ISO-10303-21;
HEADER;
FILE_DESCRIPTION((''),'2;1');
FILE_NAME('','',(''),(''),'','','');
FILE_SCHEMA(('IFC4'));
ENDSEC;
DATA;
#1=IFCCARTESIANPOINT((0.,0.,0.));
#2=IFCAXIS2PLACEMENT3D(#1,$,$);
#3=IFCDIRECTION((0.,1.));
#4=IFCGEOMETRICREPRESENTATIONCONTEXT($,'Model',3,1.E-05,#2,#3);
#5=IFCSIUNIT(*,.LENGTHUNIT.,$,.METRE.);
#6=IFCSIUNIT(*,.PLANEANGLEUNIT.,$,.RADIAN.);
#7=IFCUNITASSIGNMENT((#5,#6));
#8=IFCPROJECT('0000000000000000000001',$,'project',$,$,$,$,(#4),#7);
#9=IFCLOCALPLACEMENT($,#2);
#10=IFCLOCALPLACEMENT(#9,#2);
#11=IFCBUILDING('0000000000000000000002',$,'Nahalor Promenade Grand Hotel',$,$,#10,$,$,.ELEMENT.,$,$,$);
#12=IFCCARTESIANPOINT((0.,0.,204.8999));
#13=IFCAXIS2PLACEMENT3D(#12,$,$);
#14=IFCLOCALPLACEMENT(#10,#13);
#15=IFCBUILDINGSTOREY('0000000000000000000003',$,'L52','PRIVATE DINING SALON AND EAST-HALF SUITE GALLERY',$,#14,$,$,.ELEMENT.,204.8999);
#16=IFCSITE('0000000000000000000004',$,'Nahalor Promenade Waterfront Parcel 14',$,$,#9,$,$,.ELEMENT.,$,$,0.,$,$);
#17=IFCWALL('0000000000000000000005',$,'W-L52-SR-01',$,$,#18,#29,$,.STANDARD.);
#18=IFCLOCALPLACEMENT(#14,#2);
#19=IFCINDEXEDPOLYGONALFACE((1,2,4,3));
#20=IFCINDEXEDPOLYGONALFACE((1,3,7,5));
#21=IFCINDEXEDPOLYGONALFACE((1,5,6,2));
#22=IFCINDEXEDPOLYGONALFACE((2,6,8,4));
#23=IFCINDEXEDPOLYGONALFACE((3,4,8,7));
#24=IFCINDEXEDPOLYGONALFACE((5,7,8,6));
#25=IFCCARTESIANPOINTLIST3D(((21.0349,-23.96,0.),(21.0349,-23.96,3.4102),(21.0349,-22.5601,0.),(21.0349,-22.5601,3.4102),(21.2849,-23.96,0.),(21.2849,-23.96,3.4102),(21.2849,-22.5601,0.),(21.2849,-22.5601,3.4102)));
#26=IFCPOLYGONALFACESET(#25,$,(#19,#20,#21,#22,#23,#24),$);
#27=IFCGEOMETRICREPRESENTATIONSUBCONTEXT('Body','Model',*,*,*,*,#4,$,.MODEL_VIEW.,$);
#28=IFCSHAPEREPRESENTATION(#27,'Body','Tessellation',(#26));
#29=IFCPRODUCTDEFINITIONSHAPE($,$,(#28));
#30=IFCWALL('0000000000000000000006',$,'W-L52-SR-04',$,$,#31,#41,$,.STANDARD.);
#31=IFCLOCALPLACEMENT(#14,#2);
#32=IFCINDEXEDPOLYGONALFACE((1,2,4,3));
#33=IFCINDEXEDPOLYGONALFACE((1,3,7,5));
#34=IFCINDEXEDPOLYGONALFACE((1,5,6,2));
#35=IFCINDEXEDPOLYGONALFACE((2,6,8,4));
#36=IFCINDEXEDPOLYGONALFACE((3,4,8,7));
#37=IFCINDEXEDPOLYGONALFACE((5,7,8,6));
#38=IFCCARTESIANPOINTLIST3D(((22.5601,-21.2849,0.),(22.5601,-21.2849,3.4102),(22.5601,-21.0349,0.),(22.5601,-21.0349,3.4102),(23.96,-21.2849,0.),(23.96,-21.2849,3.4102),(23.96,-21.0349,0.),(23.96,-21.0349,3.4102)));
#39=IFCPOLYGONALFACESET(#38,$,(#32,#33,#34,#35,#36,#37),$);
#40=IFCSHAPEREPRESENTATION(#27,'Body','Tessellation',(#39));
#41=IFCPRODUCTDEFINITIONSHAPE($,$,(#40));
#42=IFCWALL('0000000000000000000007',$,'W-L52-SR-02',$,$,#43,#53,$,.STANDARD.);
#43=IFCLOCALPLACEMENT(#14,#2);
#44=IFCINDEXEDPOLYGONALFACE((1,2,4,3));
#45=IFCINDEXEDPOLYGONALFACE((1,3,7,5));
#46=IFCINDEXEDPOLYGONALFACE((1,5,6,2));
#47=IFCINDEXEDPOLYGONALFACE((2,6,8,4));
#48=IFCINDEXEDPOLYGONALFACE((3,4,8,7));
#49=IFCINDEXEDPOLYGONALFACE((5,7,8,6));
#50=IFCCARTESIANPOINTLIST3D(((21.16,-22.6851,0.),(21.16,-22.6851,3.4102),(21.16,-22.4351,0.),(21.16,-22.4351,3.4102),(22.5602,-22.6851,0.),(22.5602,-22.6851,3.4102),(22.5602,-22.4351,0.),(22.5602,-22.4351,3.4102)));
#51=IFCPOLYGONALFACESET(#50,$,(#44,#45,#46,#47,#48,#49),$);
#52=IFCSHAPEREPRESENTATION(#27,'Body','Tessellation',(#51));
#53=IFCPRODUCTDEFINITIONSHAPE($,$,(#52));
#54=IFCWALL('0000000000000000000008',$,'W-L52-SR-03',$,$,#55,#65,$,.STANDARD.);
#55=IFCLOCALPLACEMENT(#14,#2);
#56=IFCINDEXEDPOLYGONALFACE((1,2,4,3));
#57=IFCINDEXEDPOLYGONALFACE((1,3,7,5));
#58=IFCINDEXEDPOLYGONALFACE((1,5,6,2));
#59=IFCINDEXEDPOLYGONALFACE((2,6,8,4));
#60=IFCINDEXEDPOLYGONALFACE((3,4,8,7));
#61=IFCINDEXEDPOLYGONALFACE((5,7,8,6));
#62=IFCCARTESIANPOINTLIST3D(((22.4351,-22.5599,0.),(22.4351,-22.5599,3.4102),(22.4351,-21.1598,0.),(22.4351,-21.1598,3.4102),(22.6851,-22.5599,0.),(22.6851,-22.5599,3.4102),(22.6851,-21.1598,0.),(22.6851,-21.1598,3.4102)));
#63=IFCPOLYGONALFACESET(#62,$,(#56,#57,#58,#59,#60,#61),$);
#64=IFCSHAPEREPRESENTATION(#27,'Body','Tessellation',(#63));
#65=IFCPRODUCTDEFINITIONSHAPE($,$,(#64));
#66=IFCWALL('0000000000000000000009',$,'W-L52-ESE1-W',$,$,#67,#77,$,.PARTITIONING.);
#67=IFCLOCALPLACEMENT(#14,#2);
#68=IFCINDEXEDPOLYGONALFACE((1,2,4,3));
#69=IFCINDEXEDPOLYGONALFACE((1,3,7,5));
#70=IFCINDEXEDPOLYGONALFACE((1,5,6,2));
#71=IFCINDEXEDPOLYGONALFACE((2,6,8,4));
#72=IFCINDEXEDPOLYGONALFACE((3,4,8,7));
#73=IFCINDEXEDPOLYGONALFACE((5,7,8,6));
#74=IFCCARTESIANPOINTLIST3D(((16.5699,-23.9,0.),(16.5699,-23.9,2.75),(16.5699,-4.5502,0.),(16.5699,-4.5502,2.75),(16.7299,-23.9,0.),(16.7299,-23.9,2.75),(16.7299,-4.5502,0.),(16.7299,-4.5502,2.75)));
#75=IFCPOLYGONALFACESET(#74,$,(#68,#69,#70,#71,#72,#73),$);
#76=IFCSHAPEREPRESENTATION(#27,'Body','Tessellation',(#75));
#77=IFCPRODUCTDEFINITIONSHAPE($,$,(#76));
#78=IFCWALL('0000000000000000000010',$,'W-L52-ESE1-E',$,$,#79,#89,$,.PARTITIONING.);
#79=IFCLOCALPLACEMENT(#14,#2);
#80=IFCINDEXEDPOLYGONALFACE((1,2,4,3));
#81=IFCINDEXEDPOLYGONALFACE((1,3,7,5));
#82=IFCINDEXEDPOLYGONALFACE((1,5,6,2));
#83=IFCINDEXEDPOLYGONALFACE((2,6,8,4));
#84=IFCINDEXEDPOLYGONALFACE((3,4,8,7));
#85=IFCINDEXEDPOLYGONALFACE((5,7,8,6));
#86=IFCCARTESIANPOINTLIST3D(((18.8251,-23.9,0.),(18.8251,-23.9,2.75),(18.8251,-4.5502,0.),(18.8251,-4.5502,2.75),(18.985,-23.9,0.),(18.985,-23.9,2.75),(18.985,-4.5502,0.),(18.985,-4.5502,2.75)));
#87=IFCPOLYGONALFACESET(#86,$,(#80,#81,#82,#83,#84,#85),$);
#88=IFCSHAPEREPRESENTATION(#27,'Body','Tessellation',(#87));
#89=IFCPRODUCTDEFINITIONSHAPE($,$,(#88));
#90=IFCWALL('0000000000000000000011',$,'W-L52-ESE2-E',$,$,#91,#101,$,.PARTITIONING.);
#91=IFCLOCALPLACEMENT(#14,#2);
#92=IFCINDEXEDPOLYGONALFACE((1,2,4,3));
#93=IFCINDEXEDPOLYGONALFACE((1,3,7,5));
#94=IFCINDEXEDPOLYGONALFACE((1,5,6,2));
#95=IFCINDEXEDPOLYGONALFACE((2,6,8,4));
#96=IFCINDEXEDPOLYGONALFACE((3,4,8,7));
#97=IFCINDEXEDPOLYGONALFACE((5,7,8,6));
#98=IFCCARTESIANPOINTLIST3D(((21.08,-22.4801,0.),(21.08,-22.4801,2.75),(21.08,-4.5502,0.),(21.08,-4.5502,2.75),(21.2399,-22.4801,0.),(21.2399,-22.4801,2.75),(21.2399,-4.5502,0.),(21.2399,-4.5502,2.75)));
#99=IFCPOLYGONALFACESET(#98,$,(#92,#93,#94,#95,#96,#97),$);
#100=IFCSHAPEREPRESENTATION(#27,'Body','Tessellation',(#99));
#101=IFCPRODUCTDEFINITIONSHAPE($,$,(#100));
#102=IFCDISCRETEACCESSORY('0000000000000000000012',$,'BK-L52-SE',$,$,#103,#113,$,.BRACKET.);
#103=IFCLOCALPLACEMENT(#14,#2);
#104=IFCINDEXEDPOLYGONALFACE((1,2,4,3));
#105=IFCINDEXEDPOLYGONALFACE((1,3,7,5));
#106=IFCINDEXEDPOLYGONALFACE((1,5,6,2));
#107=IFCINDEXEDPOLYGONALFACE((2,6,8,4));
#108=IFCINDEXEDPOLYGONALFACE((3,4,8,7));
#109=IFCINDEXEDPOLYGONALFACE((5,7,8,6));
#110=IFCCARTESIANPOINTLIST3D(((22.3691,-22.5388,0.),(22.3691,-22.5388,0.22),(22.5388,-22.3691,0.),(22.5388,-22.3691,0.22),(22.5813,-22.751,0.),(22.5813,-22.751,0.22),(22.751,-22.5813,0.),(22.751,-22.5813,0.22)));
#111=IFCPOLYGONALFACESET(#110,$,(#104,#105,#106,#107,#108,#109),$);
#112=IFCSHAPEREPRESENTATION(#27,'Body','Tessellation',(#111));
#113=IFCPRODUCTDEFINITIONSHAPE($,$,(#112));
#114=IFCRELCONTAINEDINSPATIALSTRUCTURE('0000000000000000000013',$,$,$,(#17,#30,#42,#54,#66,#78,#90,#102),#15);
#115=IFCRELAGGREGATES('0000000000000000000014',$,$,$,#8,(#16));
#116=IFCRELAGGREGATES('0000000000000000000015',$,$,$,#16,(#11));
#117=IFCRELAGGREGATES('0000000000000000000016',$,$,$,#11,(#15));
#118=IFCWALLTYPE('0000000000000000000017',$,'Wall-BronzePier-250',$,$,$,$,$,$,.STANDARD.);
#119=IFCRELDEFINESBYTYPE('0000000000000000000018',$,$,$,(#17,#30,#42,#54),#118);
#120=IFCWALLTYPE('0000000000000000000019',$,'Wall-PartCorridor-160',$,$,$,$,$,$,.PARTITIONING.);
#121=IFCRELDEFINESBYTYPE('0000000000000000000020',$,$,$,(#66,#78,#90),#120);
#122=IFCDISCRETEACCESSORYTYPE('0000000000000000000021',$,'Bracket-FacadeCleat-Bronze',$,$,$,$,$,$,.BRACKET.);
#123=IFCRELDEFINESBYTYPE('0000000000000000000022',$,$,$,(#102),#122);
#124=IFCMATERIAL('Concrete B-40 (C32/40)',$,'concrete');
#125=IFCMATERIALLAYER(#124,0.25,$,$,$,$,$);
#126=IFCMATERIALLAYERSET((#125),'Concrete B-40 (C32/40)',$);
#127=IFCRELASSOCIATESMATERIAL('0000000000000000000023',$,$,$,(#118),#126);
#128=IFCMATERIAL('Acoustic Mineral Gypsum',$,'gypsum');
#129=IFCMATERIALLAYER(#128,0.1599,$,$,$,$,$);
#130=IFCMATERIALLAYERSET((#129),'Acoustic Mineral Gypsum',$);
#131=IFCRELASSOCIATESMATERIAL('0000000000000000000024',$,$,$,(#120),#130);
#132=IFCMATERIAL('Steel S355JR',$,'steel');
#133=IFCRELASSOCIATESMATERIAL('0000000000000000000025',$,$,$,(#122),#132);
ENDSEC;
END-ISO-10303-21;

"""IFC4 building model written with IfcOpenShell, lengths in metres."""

from ifc_helpers import new_model, si_unit, direction, frame, frame_2d, origin, origin_2d, place, context, subcontext, project, spatial, rectangle, extrude, source, transform, mapped, material, layer, layer_set, type_object, element, save


model = new_model("IFC4")

# Units and contexts
model_context = context("Model", 3, precision=1e-05, world=origin(), true_north=direction((0.0, 1.0)))
body_context = subcontext(model_context, "Body", "Model", "MODEL_VIEW")
ifc_project = project(units=[si_unit("LENGTHUNIT", "METRE"), si_unit("PLANEANGLEUNIT", "RADIAN")], contexts=[model_context])

# Site, building, storey
site_placement = place(None, origin())
site = spatial("IfcSite", under=ifc_project, at=site_placement, Name="Nahalor Promenade Waterfront Parcel 14", CompositionType="ELEMENT", RefElevation=0.0)
building_placement = place(site_placement, origin())
building = spatial("IfcBuilding", under=site, at=building_placement, Name="Nahalor Promenade Grand Hotel", CompositionType="ELEMENT")
storey_placement = place(building_placement, frame((0.0, 0.0, 204.8999)))
storey = spatial("IfcBuildingStorey", under=building, at=storey_placement, Name="L52", Description="PRIVATE DINING SALON AND EAST-HALF SUITE GALLERY", CompositionType="ELEMENT", Elevation=204.8999)

# Shared definitions
ifc_material_1 = material(Name="Steel S355JR", Category="steel")

# Walls
ifc_material_2 = material(Name="Concrete B-40 (C32/40)", Category="concrete")
ifc_layer_1 = layer(ifc_material_2, 0.25)
ifc_layer_set_1 = layer_set([ifc_layer_1], Name="Concrete B-40 (C32/40)")
wall_type_1 = type_object("IfcWallType", Name="Wall-BronzePier-250", PredefinedType="STANDARD", material=ifc_layer_set_1)
shared_shape_1 = source(origin(), body_context, "Body", "SweptSolid", [
    extrude(rectangle(XDim=1.3999, YDim=0.25, at=frame_2d((0.7, 0.0))), origin(), (0.0, 0.0, 1.0), 3.4102),
])
for number, where, z_axis, x_axis, name in (
    (1, (21.1599, -23.96, 0.0), (0.0, 0.0, 1.0), (0.0, 1.0, 0.0), "W-L52-SR-01"),
    (2, (22.5601, -21.1599, 0.0), (0.0, 0.0, 1.0), (1.0, 0.0, 0.0), "W-L52-SR-04"),
):
    element("IfcWall", number, at=place(storey_placement, frame(where, z_axis=z_axis, x_axis=x_axis)), inside=storey, type_object=wall_type_1, Name=name, PredefinedType="STANDARD", context=body_context, shape_type="MappedRepresentation", body=[
        mapped(shared_shape_1, transform((0.0, 0.0, 0.0), scale=1.0)),
    ])
shared_shape_2 = source(origin(), body_context, "Body", "SweptSolid", [
    extrude(rectangle(XDim=1.4001, YDim=0.25, at=frame_2d((0.7002, 0.0))), origin(), (0.0, 0.0, 1.0), 3.4102),
])
for number, where, z_axis, x_axis, name in (
    (3, (21.1599, -22.5601, 0.0), (0.0, 0.0, 1.0), (1.0, 0.0, 0.0), "W-L52-SR-02"),
    (4, (22.5601, -22.5601, 0.0), (0.0, 0.0, 1.0), (0.0, 1.0, 0.0), "W-L52-SR-03"),
):
    element("IfcWall", number, at=place(storey_placement, frame(where, z_axis=z_axis, x_axis=x_axis)), inside=storey, type_object=wall_type_1, Name=name, PredefinedType="STANDARD", context=body_context, shape_type="MappedRepresentation", body=[
        mapped(shared_shape_2, transform((0.0, 0.0, 0.0), scale=1.0)),
    ])
ifc_material_3 = material(Name="Acoustic Mineral Gypsum", Category="gypsum")
ifc_layer_2 = layer(ifc_material_3, 0.1599)
ifc_layer_set_2 = layer_set([ifc_layer_2], Name="Acoustic Mineral Gypsum")
wall_type_2 = type_object("IfcWallType", Name="Wall-PartCorridor-160", PredefinedType="PARTITIONING", material=ifc_layer_set_2)
shared_shape_3 = source(origin(), body_context, "Body", "SweptSolid", [
    extrude(rectangle(XDim=19.3499, YDim=0.1599, at=frame_2d((9.6748, 0.0))), origin(), (0.0, 0.0, 1.0), 2.75),
])
for number, where, z_axis, x_axis, name in (
    (5, (16.6499, -23.8999, 0.0), (0.0, 0.0, 1.0), (0.0, 1.0, 0.0), "W-L52-ESE1-W"),
    (6, (18.905, -23.8999, 0.0), (0.0, 0.0, 1.0), (0.0, 1.0, 0.0), "W-L52-ESE1-E"),
):
    element("IfcWall", number, at=place(storey_placement, frame(where, z_axis=z_axis, x_axis=x_axis)), inside=storey, type_object=wall_type_2, Name=name, PredefinedType="PARTITIONING", context=body_context, shape_type="MappedRepresentation", body=[
        mapped(shared_shape_3, transform((0.0, 0.0, 0.0), scale=1.0)),
    ])
shared_shape_4 = source(origin(), body_context, "Body", "SweptSolid", [
    extrude(rectangle(XDim=17.9299, YDim=0.1599, at=frame_2d((8.9648, 0.0))), origin(), (0.0, 0.0, 1.0), 2.75),
])
wall_1_placement = place(storey_placement, frame((21.1599, -22.48, 0.0), z_axis=(0.0, 0.0, 1.0), x_axis=(0.0, 1.0, 0.0)))
element("IfcWall", 7, at=wall_1_placement, inside=storey, type_object=wall_type_2, Name="W-L52-ESE2-E", PredefinedType="PARTITIONING", context=body_context, shape_type="MappedRepresentation", body=[
    mapped(shared_shape_4, transform((0.0, 0.0, 0.0), scale=1.0)),
])

# Discrete accessory
discrete_accessory_type = type_object("IfcDiscreteAccessoryType", Name="Bracket-FacadeCleat-Bronze", PredefinedType="BRACKET", material=ifc_material_1)
shared_shape_5 = source(origin(), body_context, "Body", "SweptSolid", [
    extrude(rectangle(XDim=0.3, YDim=0.24, at=origin_2d()), origin(), (0.0, 0.0, 1.0), 0.22),
])
discrete_accessory_placement = place(storey_placement, frame((22.5601, -22.5601, 0.0), z_axis=(0.0, 0.0, 1.0), x_axis=(-0.707107, 0.707107, 0.0)))
element("IfcDiscreteAccessory", 8, at=discrete_accessory_placement, inside=storey, type_object=discrete_accessory_type, Name="BK-L52-SE", PredefinedType="BRACKET", context=body_context, shape_type="MappedRepresentation", body=[
    mapped(shared_shape_5, transform((0.0, 0.0, 0.0), scale=1.0)),
])

save(model, "model.ifc")
